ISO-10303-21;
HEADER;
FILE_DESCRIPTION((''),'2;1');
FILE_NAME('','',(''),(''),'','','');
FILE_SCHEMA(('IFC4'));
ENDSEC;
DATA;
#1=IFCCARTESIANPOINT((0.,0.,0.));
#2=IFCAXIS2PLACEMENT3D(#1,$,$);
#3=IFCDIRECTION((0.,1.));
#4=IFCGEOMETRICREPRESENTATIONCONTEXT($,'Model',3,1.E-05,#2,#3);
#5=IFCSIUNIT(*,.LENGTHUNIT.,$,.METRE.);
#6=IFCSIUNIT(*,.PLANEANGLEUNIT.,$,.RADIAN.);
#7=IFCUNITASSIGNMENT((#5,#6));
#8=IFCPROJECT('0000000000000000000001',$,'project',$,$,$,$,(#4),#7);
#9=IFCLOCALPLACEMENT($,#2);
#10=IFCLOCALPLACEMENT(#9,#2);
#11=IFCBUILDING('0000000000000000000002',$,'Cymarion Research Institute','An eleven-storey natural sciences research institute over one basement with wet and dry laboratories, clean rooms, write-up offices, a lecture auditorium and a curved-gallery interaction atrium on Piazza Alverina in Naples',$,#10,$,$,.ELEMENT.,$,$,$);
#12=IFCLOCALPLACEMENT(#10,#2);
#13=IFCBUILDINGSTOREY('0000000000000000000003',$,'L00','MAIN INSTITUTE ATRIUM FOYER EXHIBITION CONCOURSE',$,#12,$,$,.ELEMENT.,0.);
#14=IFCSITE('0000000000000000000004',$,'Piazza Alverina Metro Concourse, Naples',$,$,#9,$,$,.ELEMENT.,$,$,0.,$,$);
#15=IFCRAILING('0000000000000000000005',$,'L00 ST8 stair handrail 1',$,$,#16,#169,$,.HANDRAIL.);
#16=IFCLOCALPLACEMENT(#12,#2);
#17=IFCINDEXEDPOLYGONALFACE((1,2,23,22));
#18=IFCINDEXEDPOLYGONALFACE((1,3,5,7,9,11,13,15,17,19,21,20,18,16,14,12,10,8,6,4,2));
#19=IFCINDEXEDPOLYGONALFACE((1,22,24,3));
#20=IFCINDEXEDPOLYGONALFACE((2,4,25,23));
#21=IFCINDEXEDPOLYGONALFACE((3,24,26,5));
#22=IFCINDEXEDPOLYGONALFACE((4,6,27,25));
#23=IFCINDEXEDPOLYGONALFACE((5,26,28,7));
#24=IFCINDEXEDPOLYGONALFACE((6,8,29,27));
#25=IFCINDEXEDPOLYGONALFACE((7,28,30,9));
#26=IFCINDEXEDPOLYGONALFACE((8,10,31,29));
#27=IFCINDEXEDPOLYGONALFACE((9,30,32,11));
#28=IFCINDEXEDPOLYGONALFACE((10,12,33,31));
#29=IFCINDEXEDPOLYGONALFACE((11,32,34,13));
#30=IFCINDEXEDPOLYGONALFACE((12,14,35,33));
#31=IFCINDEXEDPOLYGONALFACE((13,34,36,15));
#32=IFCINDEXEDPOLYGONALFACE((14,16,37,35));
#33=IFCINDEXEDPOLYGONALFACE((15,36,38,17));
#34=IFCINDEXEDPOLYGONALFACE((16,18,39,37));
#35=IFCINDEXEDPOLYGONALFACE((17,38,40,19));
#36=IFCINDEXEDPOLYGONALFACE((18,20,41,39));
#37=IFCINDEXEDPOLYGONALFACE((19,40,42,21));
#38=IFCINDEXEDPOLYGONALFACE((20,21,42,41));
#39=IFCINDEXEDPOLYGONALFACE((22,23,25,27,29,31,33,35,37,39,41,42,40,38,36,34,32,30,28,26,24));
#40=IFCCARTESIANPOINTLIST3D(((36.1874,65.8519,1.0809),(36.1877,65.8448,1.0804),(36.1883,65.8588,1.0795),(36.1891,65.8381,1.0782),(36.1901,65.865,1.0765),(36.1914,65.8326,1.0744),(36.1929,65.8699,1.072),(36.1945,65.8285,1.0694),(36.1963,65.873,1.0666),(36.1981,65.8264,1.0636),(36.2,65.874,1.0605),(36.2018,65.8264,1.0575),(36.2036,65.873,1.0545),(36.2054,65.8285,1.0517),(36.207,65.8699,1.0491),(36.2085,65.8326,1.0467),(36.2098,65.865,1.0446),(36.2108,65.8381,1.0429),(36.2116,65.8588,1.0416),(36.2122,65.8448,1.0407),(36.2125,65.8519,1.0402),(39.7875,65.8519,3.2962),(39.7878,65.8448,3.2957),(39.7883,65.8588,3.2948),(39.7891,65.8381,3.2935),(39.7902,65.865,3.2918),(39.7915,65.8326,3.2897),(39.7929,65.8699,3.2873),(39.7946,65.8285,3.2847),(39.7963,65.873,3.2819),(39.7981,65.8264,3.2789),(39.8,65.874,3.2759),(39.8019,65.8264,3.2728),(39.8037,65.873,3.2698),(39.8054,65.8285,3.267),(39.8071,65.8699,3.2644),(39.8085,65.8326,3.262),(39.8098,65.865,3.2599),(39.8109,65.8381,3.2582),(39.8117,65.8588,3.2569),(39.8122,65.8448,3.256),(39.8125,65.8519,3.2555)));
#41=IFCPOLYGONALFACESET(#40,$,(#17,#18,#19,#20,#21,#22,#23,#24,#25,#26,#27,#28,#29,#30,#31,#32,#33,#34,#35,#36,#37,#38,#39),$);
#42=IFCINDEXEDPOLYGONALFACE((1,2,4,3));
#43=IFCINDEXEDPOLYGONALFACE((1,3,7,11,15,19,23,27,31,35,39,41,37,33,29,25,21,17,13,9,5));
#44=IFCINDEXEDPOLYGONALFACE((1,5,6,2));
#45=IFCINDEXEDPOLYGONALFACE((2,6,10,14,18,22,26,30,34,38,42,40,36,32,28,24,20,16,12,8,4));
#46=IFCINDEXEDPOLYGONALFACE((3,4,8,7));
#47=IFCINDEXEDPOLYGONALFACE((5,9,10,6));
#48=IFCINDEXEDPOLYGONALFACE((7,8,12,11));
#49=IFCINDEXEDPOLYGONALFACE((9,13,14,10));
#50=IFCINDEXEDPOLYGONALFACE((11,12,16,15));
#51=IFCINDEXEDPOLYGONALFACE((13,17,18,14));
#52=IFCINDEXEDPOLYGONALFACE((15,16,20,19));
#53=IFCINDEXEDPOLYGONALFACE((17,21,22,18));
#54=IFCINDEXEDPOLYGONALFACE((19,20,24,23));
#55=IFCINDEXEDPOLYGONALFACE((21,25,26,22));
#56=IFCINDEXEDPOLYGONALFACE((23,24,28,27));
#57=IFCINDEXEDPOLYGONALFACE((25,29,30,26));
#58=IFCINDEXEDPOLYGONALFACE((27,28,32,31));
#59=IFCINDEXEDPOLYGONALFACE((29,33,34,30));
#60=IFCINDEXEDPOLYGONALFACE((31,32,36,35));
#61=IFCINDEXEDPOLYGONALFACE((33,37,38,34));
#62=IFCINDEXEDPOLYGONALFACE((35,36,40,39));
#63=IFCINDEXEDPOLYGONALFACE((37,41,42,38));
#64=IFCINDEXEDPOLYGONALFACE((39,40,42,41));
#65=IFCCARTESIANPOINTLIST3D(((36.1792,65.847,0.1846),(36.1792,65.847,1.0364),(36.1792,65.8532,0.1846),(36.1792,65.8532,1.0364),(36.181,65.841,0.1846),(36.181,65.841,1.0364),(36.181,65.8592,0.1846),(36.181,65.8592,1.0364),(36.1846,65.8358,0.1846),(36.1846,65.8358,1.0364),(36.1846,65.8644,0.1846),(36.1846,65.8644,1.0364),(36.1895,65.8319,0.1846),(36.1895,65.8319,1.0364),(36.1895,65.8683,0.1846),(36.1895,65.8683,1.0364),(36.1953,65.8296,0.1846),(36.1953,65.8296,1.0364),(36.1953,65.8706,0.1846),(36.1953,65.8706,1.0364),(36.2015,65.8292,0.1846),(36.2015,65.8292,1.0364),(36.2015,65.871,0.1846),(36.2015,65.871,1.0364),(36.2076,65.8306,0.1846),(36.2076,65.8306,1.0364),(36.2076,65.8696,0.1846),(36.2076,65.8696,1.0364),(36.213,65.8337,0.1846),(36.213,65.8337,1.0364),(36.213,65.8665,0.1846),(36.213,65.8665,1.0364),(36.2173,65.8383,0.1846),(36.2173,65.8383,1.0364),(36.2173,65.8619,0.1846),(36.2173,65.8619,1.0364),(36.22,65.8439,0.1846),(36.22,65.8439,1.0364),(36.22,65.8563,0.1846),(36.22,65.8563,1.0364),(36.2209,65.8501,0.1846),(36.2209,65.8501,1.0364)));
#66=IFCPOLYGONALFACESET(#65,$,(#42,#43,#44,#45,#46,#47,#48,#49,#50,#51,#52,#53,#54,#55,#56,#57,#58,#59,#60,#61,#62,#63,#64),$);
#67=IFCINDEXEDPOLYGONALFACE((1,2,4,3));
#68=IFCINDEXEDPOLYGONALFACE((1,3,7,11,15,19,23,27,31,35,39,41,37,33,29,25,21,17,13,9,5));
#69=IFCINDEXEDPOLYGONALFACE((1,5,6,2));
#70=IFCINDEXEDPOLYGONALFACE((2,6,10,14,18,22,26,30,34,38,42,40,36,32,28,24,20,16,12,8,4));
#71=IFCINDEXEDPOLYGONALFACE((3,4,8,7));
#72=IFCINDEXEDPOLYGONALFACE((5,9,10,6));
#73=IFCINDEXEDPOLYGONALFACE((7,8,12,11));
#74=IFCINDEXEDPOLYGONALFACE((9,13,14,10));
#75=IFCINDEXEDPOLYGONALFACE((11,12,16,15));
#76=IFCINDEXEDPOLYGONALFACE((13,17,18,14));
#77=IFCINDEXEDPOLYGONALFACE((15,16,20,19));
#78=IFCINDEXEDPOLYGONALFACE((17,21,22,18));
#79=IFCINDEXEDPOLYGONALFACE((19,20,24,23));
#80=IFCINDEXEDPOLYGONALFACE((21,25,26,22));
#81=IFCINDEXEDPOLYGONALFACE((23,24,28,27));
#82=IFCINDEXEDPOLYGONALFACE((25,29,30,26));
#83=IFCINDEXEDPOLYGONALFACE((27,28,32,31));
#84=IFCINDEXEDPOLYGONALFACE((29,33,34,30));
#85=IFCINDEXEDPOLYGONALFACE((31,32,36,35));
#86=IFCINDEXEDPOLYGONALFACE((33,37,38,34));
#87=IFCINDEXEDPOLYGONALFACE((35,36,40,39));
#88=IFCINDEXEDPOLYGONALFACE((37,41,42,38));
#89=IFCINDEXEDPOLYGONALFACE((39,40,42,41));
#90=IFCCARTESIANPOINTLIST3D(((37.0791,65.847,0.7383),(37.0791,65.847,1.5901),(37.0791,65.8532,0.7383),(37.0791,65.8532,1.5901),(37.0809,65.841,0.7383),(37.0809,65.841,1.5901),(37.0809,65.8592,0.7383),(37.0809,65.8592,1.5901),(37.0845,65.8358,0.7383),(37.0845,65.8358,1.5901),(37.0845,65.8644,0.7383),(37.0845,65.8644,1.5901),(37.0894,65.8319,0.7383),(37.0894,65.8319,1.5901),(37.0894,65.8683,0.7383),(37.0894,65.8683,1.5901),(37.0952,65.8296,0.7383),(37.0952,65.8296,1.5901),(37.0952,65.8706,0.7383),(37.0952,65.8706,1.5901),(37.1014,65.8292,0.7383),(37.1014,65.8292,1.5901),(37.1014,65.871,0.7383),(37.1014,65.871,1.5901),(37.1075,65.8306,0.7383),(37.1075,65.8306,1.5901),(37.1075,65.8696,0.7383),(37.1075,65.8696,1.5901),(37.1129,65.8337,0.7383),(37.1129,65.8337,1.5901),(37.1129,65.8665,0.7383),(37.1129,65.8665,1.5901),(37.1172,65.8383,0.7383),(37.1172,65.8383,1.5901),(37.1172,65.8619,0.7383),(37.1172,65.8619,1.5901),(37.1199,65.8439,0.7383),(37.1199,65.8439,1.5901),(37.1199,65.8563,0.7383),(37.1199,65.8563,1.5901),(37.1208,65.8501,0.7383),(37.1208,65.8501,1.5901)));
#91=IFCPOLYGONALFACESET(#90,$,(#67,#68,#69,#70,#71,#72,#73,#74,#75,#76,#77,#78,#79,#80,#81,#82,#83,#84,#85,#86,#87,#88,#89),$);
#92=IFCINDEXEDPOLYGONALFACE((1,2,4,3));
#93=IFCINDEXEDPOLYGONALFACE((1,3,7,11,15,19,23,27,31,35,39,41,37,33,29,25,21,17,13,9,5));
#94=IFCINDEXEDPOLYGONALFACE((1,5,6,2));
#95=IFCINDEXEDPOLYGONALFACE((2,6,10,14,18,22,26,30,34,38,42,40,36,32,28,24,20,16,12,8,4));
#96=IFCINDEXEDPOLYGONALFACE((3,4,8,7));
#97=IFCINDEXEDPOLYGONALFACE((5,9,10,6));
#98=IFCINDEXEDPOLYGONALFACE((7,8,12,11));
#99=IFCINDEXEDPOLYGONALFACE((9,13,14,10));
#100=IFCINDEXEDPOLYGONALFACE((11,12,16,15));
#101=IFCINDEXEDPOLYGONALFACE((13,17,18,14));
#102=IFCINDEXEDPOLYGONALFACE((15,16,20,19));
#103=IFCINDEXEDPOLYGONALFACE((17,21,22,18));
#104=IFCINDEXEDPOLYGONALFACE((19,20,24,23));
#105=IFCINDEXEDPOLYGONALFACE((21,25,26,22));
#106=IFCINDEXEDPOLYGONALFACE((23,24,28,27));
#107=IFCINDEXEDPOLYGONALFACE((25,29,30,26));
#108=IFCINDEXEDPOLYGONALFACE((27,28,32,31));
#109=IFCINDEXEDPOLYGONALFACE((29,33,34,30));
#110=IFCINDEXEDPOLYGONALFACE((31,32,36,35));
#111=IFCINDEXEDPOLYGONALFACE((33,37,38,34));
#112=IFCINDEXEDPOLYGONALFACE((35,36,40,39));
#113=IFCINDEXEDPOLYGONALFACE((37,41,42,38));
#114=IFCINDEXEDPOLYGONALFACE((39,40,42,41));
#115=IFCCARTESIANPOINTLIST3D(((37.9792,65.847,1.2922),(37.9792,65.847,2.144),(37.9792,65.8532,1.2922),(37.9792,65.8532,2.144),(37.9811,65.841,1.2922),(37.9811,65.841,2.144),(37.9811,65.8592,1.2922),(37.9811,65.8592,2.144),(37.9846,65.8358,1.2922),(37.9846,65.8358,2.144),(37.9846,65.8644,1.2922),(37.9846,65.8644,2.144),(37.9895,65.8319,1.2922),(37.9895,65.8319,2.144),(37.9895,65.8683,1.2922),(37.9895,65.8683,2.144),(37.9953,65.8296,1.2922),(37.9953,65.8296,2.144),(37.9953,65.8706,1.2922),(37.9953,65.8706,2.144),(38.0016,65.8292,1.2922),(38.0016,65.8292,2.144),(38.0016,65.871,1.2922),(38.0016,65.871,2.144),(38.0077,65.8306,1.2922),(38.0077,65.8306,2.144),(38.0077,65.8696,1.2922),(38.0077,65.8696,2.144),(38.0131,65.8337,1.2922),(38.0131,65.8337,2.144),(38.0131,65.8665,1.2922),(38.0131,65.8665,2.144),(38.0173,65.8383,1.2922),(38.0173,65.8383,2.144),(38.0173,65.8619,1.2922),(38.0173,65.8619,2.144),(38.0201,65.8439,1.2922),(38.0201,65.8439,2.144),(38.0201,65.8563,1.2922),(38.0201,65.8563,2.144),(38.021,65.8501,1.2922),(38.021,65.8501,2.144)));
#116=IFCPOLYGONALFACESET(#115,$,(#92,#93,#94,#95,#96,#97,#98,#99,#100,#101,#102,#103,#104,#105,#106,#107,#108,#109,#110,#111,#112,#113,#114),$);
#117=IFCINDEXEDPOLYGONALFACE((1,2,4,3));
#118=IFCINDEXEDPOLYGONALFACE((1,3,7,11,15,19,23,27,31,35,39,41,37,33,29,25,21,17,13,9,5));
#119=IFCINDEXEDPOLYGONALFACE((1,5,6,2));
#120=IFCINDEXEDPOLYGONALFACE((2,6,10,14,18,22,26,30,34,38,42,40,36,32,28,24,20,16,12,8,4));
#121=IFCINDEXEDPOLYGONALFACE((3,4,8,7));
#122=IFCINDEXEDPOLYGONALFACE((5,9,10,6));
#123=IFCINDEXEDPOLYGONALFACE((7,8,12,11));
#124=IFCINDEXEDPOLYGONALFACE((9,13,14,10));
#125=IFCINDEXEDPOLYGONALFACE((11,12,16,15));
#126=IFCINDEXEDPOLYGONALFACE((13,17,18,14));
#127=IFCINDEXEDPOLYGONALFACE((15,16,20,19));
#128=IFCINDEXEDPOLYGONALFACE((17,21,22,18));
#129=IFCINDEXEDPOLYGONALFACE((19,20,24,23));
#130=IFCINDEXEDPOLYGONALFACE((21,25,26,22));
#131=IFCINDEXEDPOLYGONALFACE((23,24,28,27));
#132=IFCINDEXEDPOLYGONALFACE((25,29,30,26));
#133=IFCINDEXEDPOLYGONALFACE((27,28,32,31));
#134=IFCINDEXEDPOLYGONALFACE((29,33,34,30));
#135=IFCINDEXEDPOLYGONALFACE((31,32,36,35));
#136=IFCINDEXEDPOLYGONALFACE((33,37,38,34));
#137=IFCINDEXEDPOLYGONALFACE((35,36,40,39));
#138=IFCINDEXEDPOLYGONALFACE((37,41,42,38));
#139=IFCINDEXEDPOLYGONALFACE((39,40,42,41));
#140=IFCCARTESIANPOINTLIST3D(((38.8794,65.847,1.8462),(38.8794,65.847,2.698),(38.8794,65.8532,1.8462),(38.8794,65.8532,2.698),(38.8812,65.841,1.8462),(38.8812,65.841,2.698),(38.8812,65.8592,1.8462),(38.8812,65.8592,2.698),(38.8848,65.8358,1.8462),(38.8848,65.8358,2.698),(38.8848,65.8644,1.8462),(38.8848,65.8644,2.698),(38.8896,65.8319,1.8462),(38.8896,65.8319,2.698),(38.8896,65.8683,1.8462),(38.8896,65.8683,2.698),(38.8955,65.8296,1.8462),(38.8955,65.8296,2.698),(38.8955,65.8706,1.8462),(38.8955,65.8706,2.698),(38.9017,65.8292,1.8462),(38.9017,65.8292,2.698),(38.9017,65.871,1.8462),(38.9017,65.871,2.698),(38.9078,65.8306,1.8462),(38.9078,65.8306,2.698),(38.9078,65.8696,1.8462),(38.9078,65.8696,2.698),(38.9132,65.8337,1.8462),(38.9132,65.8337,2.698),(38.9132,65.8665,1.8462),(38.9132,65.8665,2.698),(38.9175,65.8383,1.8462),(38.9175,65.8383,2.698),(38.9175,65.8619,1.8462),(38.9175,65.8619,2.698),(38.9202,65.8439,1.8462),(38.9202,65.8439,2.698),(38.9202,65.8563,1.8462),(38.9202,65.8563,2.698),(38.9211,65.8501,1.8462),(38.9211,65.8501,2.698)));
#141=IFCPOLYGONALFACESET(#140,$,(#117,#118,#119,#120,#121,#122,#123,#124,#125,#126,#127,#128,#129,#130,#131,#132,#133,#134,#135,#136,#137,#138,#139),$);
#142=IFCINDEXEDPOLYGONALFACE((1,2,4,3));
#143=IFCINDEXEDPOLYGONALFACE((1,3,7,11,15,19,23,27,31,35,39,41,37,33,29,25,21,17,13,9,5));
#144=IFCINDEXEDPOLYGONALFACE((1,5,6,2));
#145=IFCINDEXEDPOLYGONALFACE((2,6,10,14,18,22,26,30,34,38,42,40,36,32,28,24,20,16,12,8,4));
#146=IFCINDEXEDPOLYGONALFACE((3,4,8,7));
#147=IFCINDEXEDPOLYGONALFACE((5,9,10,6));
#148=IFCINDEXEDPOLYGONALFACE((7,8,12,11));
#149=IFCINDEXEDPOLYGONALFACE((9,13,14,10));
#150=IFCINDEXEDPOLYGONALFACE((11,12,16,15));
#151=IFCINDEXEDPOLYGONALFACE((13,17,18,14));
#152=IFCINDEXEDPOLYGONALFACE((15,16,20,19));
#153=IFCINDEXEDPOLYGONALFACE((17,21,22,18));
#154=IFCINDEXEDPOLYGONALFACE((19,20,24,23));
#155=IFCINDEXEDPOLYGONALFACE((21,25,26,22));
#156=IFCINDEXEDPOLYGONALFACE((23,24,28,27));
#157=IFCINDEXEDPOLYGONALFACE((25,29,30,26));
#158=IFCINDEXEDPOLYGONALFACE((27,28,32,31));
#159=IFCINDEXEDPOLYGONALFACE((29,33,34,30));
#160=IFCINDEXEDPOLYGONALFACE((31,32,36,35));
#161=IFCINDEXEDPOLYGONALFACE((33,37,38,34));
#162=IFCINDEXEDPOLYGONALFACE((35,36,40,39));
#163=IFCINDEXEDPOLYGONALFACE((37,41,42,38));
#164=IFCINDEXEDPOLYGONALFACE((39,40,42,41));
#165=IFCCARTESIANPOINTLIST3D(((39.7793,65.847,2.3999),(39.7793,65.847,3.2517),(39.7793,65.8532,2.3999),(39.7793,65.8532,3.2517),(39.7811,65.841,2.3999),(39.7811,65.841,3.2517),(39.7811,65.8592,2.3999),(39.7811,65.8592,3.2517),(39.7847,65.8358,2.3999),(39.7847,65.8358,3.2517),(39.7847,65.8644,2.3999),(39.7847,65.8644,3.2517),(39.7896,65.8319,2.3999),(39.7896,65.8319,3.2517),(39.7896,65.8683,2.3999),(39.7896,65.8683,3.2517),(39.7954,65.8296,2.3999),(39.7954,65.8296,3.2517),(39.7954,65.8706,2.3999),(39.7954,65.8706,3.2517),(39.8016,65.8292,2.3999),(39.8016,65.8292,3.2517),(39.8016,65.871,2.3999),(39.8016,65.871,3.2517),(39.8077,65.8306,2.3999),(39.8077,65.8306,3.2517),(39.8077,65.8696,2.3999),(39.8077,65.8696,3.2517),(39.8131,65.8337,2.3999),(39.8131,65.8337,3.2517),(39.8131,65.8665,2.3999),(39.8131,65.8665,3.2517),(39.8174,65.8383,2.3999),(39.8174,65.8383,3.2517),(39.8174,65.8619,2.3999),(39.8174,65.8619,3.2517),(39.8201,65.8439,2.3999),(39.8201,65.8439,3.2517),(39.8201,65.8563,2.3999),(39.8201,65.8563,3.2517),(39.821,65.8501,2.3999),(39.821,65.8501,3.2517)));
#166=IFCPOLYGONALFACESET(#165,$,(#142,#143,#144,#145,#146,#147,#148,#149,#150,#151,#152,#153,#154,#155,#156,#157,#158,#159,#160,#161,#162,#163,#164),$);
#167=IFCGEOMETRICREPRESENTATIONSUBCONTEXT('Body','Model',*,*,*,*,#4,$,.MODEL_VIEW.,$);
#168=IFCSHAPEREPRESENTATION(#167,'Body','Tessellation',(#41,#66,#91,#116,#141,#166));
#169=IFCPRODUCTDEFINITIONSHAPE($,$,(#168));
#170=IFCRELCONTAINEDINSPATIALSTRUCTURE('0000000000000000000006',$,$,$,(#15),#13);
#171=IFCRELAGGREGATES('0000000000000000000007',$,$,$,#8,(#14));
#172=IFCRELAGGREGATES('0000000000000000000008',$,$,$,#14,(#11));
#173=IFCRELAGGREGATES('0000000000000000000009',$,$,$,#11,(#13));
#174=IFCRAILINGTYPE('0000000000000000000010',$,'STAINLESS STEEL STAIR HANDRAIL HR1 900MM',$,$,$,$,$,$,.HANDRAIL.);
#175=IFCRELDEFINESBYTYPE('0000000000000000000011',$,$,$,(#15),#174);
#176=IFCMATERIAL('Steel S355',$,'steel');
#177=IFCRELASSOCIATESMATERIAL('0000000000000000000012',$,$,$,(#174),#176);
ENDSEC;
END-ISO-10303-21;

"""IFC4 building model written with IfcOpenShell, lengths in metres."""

from ifc_helpers import new_model, si_unit, direction, frame, origin, origin_2d, place, context, subcontext, project, spatial, circle, extrude, material, type_object, element, save


model = new_model("IFC4")

# Units and contexts
model_context = context("Model", 3, precision=1e-05, world=origin(), true_north=direction((0.0, 1.0)))
body_context = subcontext(model_context, "Body", "Model", "MODEL_VIEW")
ifc_project = project(units=[si_unit("LENGTHUNIT", "METRE"), si_unit("PLANEANGLEUNIT", "RADIAN")], contexts=[model_context])

# Site, building, storey
site_placement = place(None, origin())
site = spatial("IfcSite", under=ifc_project, at=site_placement, Name="Piazza Alverina Metro Concourse, Naples", CompositionType="ELEMENT", RefElevation=0.0)
building_placement = place(site_placement, origin())
building = spatial("IfcBuilding", under=site, at=building_placement, Name="Cymarion Research Institute", Description="An eleven-storey natural sciences research institute over one basement with wet and dry laboratories, clean rooms, write-up offices, a lecture auditorium and a curved-gallery interaction atrium on Piazza Alverina in Naples", CompositionType="ELEMENT")
storey_placement = place(building_placement, origin())
storey = spatial("IfcBuildingStorey", under=building, at=storey_placement, Name="L00", Description="MAIN INSTITUTE ATRIUM FOYER EXHIBITION CONCOURSE", CompositionType="ELEMENT", Elevation=0.0)

# Shared definitions
ifc_material_1 = material(Name="Steel S355", Category="steel")

# Railing
railing_type_1 = type_object("IfcRailingType", Name="STAINLESS STEEL STAIR HANDRAIL HR1 900MM", PredefinedType="HANDRAIL", material=ifc_material_1)
railing_1_placement = place(storey_placement, frame((36.2, 65.8501, 0.1846)))
element("IfcRailing", 1, at=railing_1_placement, inside=storey, type_object=railing_type_1, Name="L00 ST8 stair handrail 1", PredefinedType="HANDRAIL", context=body_context, shape_type="SweptSolid", body=[
    extrude(circle(Radius=0.0239, at=origin_2d()), frame((0.0, 0.0, 0.876), z_axis=(0.85167, 0.0, 0.524078), x_axis=(0.0, 1.0, 0.0)), (0.0, 0.0, 1.0), 4.2271),
    extrude(circle(Radius=0.021, at=origin_2d()), origin(), (0.0, 0.0, 1.0), 0.8518),
    extrude(circle(Radius=0.021, at=origin_2d()), frame((0.8999, 0.0, 0.5537)), (0.0, 0.0, 1.0), 0.8518),
    extrude(circle(Radius=0.021, at=origin_2d()), frame((1.8, 0.0, 1.1077)), (0.0, 0.0, 1.0), 0.8518),
    extrude(circle(Radius=0.021, at=origin_2d()), frame((2.7002, 0.0, 1.6616)), (0.0, 0.0, 1.0), 0.8518),
    extrude(circle(Radius=0.021, at=origin_2d()), frame((3.6001, 0.0, 2.2153)), (0.0, 0.0, 1.0), 0.8518),
])

save(model, "model.ifc")
